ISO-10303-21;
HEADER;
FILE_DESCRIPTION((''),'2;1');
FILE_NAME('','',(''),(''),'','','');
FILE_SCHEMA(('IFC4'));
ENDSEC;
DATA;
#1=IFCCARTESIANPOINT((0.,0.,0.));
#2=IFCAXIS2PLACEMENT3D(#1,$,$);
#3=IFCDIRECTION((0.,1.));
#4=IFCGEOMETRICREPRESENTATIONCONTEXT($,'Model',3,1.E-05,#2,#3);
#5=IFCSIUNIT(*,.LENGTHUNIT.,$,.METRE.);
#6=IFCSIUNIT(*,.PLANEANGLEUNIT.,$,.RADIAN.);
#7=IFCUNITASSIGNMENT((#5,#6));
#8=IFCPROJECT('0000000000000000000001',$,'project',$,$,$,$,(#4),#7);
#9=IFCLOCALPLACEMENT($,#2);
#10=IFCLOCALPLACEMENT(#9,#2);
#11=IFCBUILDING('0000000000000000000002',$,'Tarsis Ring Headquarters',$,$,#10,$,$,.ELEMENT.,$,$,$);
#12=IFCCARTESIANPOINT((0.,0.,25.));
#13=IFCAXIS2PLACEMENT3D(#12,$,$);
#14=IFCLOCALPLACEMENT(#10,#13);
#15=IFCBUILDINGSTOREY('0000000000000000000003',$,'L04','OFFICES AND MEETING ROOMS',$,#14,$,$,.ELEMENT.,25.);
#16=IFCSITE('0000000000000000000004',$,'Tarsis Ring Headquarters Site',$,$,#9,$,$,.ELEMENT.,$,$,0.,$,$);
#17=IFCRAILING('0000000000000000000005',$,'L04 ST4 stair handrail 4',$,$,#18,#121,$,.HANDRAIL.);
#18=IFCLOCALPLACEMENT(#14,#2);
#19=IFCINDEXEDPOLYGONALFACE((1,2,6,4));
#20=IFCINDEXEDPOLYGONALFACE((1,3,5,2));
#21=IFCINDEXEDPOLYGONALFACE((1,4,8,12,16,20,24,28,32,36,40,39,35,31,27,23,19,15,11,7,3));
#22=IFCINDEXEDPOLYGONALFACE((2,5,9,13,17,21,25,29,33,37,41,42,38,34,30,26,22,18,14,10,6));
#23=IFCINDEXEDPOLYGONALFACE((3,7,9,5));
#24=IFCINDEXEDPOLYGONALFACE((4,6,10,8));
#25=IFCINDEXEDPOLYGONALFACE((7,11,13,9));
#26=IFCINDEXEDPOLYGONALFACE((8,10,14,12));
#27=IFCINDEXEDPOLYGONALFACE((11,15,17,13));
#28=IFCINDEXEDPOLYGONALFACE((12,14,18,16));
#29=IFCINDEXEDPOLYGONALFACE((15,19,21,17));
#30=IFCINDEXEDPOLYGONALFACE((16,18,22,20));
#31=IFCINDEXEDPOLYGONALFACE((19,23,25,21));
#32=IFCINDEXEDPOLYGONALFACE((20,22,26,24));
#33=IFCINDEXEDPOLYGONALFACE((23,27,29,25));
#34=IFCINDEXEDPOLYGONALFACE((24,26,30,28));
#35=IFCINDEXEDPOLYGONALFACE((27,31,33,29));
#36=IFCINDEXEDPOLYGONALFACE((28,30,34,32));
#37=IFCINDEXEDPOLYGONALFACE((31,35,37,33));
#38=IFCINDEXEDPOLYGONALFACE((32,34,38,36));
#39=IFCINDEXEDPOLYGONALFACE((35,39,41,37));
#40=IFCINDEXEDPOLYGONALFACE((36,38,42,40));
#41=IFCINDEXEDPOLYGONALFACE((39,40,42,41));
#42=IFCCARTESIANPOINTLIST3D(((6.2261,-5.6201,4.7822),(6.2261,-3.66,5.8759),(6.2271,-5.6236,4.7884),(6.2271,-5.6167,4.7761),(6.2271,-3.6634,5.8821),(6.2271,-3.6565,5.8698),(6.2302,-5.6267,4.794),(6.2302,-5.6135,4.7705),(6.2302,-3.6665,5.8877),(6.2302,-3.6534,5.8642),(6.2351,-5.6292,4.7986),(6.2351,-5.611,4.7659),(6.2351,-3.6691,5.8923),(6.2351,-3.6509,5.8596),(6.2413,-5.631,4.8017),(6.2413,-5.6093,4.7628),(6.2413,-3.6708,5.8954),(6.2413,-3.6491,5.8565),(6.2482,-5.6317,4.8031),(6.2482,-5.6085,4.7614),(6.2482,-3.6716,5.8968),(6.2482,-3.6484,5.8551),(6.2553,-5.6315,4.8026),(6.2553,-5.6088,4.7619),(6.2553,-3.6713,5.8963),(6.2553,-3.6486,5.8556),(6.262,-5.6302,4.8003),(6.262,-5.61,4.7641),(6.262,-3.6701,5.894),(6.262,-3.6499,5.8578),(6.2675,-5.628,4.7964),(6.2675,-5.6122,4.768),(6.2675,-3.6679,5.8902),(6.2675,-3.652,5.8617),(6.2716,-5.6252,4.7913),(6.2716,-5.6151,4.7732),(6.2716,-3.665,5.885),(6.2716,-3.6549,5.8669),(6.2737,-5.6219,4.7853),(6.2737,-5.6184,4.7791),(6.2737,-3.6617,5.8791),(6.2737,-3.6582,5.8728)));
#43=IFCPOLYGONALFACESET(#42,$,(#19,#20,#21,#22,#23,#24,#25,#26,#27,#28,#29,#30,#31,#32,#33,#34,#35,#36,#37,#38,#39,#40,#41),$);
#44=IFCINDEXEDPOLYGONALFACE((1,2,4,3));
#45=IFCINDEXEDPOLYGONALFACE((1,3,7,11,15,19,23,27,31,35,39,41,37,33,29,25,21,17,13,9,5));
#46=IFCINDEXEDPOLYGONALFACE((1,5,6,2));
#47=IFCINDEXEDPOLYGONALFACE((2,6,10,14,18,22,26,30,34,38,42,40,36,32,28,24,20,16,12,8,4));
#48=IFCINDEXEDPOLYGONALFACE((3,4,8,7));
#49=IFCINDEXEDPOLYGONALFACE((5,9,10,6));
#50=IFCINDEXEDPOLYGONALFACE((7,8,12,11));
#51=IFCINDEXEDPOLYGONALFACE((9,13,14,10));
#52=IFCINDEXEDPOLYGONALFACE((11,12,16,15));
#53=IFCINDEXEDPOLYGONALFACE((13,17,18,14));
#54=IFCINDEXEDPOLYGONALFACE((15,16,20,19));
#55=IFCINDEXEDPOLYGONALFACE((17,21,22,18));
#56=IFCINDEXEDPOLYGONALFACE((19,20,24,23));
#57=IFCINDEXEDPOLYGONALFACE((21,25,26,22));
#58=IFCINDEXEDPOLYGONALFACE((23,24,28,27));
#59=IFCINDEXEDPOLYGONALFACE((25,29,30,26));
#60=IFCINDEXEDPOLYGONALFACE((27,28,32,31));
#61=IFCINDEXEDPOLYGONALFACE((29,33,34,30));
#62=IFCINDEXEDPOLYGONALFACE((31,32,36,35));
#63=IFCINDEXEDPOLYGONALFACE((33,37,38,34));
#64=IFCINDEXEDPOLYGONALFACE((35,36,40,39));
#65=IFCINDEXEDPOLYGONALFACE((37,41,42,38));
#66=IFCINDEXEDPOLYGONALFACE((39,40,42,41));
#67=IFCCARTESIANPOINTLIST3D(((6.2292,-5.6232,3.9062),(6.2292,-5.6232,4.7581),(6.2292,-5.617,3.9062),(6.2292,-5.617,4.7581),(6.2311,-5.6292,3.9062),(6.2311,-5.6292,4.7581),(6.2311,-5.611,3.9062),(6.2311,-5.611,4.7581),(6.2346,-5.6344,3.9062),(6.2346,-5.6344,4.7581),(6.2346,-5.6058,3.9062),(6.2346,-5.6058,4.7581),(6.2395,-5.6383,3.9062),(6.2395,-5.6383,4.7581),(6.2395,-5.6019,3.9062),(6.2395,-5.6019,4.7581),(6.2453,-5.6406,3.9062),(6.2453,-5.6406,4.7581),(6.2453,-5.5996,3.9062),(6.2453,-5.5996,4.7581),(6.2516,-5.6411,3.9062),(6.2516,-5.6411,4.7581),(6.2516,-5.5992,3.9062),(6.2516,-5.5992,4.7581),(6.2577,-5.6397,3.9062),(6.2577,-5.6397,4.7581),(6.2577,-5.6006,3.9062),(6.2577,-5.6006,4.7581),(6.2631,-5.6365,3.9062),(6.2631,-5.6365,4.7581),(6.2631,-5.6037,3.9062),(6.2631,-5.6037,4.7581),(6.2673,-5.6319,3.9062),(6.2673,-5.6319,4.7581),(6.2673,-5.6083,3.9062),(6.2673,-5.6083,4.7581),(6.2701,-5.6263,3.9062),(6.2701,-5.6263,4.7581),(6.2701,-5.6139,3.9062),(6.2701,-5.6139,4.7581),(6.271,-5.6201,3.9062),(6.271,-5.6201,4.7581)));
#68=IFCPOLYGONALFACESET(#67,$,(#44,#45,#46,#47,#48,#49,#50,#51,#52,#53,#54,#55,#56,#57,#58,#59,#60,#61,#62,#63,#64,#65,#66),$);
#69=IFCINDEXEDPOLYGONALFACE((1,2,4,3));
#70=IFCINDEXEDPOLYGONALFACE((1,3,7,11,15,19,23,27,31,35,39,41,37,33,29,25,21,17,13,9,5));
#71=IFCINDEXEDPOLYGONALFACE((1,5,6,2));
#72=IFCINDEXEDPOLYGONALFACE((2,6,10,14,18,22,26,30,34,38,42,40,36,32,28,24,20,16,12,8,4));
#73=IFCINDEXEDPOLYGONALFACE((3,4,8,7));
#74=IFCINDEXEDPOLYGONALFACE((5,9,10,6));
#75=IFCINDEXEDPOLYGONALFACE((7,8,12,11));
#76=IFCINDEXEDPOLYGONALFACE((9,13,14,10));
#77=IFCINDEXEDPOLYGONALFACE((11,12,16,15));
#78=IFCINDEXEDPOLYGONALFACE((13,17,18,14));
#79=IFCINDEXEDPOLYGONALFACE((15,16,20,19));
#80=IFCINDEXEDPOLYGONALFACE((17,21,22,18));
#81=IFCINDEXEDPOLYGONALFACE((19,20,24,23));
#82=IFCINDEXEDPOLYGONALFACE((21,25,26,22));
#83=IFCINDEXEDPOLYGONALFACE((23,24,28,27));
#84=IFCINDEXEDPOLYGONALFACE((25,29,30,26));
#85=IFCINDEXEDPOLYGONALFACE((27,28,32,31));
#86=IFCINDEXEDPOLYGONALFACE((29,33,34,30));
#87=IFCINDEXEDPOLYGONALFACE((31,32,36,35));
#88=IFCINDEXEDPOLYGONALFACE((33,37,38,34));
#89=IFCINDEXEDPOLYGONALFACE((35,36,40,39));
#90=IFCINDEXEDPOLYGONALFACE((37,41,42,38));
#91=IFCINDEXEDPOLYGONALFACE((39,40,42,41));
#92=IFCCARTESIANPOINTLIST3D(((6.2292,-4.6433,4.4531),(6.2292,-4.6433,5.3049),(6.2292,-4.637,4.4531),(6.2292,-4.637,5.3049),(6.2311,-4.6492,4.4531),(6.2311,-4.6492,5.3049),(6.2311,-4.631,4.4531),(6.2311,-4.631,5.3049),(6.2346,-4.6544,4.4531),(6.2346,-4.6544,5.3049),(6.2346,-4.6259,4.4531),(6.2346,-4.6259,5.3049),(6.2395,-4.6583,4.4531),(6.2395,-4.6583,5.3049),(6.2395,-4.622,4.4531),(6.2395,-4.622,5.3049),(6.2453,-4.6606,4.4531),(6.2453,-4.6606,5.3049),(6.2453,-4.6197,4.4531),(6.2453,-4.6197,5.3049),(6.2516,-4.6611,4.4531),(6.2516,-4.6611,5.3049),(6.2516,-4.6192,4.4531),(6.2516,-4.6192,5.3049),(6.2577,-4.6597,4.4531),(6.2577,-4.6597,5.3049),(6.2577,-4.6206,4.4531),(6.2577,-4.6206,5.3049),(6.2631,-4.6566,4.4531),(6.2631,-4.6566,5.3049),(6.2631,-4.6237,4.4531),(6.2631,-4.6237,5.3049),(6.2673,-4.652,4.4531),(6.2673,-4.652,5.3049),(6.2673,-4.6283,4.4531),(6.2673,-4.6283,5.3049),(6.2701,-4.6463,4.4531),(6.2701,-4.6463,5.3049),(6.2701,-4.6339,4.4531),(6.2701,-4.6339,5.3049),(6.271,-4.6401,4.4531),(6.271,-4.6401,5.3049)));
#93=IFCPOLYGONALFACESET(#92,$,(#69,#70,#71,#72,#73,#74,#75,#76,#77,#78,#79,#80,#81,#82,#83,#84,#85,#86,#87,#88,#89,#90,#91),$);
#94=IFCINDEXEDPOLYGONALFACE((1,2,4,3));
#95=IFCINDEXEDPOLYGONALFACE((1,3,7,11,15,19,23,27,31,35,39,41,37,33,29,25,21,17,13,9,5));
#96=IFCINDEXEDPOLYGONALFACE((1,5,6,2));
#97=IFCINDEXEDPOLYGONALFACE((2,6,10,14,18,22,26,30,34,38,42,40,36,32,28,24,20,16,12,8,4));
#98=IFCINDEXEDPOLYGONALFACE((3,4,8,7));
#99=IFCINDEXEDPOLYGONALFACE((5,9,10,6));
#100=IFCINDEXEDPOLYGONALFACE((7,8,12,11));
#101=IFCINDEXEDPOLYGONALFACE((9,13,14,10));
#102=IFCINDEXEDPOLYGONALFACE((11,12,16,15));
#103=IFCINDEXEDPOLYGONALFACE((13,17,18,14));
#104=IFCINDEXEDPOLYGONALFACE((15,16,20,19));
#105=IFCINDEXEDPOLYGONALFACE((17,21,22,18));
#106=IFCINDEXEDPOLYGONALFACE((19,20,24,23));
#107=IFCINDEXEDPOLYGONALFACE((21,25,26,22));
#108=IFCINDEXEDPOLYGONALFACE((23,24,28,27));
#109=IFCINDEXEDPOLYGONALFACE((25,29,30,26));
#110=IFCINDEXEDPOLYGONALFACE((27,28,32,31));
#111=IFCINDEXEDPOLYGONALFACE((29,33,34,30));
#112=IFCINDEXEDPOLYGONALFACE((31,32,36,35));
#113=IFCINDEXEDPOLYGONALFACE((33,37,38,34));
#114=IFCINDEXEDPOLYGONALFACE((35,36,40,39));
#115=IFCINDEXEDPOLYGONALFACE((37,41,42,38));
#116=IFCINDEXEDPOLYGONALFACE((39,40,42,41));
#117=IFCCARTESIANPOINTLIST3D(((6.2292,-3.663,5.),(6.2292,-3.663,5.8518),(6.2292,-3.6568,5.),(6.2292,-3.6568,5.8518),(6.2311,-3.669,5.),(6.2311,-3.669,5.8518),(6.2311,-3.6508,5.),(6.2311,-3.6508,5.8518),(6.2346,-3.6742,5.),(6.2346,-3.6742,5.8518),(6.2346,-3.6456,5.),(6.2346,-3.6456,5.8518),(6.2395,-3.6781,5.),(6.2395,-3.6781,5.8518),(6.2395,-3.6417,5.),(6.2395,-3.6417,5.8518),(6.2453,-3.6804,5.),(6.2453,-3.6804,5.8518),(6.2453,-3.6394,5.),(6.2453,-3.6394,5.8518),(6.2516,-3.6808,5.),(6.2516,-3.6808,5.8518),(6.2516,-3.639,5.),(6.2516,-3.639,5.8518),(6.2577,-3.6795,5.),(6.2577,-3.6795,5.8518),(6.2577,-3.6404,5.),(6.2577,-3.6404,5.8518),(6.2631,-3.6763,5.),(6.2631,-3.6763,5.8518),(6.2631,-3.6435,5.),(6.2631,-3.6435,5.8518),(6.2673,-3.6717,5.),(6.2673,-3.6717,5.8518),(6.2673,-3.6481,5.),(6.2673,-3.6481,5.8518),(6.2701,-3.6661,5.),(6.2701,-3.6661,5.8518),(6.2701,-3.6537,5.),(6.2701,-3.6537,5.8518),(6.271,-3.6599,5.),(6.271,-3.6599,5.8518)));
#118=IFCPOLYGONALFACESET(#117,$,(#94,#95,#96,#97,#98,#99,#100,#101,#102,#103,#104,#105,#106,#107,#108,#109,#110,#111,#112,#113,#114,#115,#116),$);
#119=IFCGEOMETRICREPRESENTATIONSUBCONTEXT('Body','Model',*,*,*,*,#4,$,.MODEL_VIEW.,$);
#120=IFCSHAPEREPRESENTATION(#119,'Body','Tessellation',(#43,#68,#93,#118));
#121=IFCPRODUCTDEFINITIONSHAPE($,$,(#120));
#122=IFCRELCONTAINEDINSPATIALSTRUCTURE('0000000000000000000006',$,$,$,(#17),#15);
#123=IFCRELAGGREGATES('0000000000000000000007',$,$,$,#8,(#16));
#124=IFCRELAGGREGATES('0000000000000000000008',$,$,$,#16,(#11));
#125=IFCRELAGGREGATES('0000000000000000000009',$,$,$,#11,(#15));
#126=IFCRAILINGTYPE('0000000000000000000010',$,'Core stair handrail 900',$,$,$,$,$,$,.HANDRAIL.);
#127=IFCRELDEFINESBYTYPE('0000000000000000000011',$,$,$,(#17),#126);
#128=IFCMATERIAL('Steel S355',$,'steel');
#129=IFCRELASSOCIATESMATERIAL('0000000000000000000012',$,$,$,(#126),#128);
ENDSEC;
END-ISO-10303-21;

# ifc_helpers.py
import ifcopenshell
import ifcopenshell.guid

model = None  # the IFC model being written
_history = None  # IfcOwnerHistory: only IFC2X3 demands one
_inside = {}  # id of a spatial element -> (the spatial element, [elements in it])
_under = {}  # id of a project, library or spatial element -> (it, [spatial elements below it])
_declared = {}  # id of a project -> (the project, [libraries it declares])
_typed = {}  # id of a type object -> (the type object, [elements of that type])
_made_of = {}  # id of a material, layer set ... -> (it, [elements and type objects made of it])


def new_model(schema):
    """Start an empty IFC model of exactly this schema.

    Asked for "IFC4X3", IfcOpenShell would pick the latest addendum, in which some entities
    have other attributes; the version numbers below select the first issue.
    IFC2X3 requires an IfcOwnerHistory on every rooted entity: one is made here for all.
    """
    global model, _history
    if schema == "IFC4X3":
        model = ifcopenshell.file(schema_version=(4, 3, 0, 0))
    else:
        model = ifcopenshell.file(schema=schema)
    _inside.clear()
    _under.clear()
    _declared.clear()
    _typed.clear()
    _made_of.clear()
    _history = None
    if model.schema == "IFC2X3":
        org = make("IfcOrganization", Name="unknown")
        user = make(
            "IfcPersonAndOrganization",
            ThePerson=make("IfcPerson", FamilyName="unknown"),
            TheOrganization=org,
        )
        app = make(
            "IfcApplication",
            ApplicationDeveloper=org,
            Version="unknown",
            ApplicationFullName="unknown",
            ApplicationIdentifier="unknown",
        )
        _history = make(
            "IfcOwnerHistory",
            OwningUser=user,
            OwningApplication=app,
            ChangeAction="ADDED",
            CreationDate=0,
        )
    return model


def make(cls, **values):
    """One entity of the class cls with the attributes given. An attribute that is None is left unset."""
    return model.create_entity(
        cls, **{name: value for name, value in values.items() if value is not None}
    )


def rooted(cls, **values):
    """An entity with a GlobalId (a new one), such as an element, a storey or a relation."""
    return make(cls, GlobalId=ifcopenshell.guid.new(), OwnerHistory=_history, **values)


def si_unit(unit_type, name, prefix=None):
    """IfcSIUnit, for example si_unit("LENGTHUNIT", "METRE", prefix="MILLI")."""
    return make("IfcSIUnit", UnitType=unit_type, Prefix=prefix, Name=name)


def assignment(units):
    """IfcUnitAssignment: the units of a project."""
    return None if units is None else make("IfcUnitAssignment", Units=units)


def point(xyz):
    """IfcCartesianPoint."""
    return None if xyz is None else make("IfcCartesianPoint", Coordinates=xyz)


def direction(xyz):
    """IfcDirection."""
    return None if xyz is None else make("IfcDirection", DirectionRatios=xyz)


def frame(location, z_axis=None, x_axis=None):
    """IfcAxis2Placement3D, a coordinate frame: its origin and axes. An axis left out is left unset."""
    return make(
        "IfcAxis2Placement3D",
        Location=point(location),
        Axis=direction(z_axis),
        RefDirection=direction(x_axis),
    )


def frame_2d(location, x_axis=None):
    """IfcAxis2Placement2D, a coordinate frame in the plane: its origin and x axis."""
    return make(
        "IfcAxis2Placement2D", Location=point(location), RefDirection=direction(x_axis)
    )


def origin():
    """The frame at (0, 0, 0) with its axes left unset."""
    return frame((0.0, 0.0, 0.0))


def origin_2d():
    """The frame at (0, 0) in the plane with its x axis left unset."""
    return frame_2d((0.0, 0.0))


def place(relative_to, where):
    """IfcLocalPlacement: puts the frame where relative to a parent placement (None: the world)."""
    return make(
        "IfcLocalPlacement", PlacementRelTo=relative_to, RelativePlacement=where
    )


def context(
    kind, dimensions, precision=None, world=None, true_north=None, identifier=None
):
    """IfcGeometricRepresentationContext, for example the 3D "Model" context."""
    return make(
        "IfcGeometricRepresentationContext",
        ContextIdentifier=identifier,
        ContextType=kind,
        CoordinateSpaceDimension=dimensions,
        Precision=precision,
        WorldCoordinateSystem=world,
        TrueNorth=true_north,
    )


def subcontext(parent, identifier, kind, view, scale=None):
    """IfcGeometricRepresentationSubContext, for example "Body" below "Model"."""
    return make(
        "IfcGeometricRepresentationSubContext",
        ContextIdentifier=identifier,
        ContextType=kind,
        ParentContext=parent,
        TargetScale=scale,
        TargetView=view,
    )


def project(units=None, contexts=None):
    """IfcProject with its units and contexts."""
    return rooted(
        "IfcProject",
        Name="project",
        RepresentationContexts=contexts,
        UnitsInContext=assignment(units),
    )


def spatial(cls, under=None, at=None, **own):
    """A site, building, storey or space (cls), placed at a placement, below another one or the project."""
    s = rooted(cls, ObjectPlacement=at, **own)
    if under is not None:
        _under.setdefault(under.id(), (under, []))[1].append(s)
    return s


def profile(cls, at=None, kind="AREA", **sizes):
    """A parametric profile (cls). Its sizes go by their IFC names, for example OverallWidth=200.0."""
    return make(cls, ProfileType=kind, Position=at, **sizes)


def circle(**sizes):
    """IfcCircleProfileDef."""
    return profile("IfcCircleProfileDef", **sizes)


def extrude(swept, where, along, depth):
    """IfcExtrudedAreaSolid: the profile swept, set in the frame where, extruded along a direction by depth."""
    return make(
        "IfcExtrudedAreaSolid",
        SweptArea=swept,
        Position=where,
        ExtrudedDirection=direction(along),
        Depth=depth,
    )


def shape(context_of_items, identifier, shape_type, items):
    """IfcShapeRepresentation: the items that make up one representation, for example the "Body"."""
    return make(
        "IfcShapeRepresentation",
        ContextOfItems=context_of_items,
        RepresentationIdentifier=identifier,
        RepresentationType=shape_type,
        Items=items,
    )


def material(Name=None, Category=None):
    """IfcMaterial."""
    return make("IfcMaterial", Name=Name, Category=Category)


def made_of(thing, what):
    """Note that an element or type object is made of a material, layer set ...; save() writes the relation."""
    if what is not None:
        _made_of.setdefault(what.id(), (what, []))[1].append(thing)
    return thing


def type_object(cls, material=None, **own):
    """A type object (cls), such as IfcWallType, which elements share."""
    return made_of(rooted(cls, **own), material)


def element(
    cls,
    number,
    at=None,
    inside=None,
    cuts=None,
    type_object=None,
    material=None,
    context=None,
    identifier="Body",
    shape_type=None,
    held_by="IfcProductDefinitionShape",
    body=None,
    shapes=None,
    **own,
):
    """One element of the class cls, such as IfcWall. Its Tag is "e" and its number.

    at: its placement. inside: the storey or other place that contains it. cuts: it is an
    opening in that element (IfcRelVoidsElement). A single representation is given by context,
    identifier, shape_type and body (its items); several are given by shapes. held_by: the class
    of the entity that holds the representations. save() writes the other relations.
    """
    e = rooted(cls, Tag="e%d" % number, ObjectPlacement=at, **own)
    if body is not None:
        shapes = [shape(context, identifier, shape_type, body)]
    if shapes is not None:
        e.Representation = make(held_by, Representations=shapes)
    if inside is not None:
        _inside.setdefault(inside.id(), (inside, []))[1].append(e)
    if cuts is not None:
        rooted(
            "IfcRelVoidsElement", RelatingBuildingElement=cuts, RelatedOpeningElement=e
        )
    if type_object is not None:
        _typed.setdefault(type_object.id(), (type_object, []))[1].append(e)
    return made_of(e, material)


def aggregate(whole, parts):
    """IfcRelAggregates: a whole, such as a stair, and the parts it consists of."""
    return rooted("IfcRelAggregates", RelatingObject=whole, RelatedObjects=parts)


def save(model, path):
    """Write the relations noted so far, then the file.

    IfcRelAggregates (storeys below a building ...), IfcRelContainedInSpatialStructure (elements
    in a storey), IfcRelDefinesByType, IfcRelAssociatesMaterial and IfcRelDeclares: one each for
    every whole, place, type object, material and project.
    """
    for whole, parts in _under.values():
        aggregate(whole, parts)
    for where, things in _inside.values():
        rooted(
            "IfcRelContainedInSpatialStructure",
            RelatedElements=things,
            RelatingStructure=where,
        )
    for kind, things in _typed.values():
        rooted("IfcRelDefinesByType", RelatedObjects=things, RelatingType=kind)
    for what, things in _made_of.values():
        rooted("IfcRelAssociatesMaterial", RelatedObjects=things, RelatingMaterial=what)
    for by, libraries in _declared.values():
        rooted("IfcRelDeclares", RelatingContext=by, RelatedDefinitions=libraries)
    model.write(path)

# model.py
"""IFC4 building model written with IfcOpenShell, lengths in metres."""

from ifc_helpers import new_model, si_unit, direction, frame, origin, origin_2d, place, context, subcontext, project, spatial, circle, extrude, material, type_object, element, save


model = new_model("IFC4")

# Units and contexts
model_context = context("Model", 3, precision=1e-05, world=origin(), true_north=direction((0.0, 1.0)))
body_context = subcontext(model_context, "Body", "Model", "MODEL_VIEW")
ifc_project = project(units=[si_unit("LENGTHUNIT", "METRE"), si_unit("PLANEANGLEUNIT", "RADIAN")], contexts=[model_context])

# Site, building, storey
site_placement = place(None, origin())
site = spatial("IfcSite", under=ifc_project, at=site_placement, Name="Tarsis Ring Headquarters Site", CompositionType="ELEMENT", RefElevation=0.0)
building_placement = place(site_placement, origin())
building = spatial("IfcBuilding", under=site, at=building_placement, Name="Tarsis Ring Headquarters", CompositionType="ELEMENT")
storey_placement = place(building_placement, frame((0.0, 0.0, 25.0)))
storey = spatial("IfcBuildingStorey", under=building, at=storey_placement, Name="L04", Description="OFFICES AND MEETING ROOMS", CompositionType="ELEMENT", Elevation=25.0)

# Railing
ifc_material_1 = material(Name="Steel S355", Category="steel")
railing_type_1 = type_object("IfcRailingType", Name="Core stair handrail 900", PredefinedType="HANDRAIL", material=ifc_material_1)
railing_1_placement = place(storey_placement, frame((6.25, -5.6201, 3.9062)))
element("IfcRailing", 1, at=railing_1_placement, inside=storey, type_object=railing_type_1, Name="L04 ST4 stair handrail 4", PredefinedType="HANDRAIL", context=body_context, shape_type="SweptSolid", body=[
    extrude(circle(Radius=0.0239, at=origin_2d()), frame((0.0, 0.0, 0.876), z_axis=(0.0, 0.873258, 0.487258), x_axis=(-1.0, 0.0, 0.0)), (0.0, 0.0, 1.0), 2.2446),
    extrude(circle(Radius=0.021, at=origin_2d()), origin(), (0.0, 0.0, 1.0), 0.8518),
    extrude(circle(Radius=0.021, at=origin_2d()), frame((0.0, 0.98, 0.5469)), (0.0, 0.0, 1.0), 0.8518),
    extrude(circle(Radius=0.021, at=origin_2d()), frame((0.0, 1.9602, 1.0938)), (0.0, 0.0, 1.0), 0.8518),
])

save(model, "model.ifc")
